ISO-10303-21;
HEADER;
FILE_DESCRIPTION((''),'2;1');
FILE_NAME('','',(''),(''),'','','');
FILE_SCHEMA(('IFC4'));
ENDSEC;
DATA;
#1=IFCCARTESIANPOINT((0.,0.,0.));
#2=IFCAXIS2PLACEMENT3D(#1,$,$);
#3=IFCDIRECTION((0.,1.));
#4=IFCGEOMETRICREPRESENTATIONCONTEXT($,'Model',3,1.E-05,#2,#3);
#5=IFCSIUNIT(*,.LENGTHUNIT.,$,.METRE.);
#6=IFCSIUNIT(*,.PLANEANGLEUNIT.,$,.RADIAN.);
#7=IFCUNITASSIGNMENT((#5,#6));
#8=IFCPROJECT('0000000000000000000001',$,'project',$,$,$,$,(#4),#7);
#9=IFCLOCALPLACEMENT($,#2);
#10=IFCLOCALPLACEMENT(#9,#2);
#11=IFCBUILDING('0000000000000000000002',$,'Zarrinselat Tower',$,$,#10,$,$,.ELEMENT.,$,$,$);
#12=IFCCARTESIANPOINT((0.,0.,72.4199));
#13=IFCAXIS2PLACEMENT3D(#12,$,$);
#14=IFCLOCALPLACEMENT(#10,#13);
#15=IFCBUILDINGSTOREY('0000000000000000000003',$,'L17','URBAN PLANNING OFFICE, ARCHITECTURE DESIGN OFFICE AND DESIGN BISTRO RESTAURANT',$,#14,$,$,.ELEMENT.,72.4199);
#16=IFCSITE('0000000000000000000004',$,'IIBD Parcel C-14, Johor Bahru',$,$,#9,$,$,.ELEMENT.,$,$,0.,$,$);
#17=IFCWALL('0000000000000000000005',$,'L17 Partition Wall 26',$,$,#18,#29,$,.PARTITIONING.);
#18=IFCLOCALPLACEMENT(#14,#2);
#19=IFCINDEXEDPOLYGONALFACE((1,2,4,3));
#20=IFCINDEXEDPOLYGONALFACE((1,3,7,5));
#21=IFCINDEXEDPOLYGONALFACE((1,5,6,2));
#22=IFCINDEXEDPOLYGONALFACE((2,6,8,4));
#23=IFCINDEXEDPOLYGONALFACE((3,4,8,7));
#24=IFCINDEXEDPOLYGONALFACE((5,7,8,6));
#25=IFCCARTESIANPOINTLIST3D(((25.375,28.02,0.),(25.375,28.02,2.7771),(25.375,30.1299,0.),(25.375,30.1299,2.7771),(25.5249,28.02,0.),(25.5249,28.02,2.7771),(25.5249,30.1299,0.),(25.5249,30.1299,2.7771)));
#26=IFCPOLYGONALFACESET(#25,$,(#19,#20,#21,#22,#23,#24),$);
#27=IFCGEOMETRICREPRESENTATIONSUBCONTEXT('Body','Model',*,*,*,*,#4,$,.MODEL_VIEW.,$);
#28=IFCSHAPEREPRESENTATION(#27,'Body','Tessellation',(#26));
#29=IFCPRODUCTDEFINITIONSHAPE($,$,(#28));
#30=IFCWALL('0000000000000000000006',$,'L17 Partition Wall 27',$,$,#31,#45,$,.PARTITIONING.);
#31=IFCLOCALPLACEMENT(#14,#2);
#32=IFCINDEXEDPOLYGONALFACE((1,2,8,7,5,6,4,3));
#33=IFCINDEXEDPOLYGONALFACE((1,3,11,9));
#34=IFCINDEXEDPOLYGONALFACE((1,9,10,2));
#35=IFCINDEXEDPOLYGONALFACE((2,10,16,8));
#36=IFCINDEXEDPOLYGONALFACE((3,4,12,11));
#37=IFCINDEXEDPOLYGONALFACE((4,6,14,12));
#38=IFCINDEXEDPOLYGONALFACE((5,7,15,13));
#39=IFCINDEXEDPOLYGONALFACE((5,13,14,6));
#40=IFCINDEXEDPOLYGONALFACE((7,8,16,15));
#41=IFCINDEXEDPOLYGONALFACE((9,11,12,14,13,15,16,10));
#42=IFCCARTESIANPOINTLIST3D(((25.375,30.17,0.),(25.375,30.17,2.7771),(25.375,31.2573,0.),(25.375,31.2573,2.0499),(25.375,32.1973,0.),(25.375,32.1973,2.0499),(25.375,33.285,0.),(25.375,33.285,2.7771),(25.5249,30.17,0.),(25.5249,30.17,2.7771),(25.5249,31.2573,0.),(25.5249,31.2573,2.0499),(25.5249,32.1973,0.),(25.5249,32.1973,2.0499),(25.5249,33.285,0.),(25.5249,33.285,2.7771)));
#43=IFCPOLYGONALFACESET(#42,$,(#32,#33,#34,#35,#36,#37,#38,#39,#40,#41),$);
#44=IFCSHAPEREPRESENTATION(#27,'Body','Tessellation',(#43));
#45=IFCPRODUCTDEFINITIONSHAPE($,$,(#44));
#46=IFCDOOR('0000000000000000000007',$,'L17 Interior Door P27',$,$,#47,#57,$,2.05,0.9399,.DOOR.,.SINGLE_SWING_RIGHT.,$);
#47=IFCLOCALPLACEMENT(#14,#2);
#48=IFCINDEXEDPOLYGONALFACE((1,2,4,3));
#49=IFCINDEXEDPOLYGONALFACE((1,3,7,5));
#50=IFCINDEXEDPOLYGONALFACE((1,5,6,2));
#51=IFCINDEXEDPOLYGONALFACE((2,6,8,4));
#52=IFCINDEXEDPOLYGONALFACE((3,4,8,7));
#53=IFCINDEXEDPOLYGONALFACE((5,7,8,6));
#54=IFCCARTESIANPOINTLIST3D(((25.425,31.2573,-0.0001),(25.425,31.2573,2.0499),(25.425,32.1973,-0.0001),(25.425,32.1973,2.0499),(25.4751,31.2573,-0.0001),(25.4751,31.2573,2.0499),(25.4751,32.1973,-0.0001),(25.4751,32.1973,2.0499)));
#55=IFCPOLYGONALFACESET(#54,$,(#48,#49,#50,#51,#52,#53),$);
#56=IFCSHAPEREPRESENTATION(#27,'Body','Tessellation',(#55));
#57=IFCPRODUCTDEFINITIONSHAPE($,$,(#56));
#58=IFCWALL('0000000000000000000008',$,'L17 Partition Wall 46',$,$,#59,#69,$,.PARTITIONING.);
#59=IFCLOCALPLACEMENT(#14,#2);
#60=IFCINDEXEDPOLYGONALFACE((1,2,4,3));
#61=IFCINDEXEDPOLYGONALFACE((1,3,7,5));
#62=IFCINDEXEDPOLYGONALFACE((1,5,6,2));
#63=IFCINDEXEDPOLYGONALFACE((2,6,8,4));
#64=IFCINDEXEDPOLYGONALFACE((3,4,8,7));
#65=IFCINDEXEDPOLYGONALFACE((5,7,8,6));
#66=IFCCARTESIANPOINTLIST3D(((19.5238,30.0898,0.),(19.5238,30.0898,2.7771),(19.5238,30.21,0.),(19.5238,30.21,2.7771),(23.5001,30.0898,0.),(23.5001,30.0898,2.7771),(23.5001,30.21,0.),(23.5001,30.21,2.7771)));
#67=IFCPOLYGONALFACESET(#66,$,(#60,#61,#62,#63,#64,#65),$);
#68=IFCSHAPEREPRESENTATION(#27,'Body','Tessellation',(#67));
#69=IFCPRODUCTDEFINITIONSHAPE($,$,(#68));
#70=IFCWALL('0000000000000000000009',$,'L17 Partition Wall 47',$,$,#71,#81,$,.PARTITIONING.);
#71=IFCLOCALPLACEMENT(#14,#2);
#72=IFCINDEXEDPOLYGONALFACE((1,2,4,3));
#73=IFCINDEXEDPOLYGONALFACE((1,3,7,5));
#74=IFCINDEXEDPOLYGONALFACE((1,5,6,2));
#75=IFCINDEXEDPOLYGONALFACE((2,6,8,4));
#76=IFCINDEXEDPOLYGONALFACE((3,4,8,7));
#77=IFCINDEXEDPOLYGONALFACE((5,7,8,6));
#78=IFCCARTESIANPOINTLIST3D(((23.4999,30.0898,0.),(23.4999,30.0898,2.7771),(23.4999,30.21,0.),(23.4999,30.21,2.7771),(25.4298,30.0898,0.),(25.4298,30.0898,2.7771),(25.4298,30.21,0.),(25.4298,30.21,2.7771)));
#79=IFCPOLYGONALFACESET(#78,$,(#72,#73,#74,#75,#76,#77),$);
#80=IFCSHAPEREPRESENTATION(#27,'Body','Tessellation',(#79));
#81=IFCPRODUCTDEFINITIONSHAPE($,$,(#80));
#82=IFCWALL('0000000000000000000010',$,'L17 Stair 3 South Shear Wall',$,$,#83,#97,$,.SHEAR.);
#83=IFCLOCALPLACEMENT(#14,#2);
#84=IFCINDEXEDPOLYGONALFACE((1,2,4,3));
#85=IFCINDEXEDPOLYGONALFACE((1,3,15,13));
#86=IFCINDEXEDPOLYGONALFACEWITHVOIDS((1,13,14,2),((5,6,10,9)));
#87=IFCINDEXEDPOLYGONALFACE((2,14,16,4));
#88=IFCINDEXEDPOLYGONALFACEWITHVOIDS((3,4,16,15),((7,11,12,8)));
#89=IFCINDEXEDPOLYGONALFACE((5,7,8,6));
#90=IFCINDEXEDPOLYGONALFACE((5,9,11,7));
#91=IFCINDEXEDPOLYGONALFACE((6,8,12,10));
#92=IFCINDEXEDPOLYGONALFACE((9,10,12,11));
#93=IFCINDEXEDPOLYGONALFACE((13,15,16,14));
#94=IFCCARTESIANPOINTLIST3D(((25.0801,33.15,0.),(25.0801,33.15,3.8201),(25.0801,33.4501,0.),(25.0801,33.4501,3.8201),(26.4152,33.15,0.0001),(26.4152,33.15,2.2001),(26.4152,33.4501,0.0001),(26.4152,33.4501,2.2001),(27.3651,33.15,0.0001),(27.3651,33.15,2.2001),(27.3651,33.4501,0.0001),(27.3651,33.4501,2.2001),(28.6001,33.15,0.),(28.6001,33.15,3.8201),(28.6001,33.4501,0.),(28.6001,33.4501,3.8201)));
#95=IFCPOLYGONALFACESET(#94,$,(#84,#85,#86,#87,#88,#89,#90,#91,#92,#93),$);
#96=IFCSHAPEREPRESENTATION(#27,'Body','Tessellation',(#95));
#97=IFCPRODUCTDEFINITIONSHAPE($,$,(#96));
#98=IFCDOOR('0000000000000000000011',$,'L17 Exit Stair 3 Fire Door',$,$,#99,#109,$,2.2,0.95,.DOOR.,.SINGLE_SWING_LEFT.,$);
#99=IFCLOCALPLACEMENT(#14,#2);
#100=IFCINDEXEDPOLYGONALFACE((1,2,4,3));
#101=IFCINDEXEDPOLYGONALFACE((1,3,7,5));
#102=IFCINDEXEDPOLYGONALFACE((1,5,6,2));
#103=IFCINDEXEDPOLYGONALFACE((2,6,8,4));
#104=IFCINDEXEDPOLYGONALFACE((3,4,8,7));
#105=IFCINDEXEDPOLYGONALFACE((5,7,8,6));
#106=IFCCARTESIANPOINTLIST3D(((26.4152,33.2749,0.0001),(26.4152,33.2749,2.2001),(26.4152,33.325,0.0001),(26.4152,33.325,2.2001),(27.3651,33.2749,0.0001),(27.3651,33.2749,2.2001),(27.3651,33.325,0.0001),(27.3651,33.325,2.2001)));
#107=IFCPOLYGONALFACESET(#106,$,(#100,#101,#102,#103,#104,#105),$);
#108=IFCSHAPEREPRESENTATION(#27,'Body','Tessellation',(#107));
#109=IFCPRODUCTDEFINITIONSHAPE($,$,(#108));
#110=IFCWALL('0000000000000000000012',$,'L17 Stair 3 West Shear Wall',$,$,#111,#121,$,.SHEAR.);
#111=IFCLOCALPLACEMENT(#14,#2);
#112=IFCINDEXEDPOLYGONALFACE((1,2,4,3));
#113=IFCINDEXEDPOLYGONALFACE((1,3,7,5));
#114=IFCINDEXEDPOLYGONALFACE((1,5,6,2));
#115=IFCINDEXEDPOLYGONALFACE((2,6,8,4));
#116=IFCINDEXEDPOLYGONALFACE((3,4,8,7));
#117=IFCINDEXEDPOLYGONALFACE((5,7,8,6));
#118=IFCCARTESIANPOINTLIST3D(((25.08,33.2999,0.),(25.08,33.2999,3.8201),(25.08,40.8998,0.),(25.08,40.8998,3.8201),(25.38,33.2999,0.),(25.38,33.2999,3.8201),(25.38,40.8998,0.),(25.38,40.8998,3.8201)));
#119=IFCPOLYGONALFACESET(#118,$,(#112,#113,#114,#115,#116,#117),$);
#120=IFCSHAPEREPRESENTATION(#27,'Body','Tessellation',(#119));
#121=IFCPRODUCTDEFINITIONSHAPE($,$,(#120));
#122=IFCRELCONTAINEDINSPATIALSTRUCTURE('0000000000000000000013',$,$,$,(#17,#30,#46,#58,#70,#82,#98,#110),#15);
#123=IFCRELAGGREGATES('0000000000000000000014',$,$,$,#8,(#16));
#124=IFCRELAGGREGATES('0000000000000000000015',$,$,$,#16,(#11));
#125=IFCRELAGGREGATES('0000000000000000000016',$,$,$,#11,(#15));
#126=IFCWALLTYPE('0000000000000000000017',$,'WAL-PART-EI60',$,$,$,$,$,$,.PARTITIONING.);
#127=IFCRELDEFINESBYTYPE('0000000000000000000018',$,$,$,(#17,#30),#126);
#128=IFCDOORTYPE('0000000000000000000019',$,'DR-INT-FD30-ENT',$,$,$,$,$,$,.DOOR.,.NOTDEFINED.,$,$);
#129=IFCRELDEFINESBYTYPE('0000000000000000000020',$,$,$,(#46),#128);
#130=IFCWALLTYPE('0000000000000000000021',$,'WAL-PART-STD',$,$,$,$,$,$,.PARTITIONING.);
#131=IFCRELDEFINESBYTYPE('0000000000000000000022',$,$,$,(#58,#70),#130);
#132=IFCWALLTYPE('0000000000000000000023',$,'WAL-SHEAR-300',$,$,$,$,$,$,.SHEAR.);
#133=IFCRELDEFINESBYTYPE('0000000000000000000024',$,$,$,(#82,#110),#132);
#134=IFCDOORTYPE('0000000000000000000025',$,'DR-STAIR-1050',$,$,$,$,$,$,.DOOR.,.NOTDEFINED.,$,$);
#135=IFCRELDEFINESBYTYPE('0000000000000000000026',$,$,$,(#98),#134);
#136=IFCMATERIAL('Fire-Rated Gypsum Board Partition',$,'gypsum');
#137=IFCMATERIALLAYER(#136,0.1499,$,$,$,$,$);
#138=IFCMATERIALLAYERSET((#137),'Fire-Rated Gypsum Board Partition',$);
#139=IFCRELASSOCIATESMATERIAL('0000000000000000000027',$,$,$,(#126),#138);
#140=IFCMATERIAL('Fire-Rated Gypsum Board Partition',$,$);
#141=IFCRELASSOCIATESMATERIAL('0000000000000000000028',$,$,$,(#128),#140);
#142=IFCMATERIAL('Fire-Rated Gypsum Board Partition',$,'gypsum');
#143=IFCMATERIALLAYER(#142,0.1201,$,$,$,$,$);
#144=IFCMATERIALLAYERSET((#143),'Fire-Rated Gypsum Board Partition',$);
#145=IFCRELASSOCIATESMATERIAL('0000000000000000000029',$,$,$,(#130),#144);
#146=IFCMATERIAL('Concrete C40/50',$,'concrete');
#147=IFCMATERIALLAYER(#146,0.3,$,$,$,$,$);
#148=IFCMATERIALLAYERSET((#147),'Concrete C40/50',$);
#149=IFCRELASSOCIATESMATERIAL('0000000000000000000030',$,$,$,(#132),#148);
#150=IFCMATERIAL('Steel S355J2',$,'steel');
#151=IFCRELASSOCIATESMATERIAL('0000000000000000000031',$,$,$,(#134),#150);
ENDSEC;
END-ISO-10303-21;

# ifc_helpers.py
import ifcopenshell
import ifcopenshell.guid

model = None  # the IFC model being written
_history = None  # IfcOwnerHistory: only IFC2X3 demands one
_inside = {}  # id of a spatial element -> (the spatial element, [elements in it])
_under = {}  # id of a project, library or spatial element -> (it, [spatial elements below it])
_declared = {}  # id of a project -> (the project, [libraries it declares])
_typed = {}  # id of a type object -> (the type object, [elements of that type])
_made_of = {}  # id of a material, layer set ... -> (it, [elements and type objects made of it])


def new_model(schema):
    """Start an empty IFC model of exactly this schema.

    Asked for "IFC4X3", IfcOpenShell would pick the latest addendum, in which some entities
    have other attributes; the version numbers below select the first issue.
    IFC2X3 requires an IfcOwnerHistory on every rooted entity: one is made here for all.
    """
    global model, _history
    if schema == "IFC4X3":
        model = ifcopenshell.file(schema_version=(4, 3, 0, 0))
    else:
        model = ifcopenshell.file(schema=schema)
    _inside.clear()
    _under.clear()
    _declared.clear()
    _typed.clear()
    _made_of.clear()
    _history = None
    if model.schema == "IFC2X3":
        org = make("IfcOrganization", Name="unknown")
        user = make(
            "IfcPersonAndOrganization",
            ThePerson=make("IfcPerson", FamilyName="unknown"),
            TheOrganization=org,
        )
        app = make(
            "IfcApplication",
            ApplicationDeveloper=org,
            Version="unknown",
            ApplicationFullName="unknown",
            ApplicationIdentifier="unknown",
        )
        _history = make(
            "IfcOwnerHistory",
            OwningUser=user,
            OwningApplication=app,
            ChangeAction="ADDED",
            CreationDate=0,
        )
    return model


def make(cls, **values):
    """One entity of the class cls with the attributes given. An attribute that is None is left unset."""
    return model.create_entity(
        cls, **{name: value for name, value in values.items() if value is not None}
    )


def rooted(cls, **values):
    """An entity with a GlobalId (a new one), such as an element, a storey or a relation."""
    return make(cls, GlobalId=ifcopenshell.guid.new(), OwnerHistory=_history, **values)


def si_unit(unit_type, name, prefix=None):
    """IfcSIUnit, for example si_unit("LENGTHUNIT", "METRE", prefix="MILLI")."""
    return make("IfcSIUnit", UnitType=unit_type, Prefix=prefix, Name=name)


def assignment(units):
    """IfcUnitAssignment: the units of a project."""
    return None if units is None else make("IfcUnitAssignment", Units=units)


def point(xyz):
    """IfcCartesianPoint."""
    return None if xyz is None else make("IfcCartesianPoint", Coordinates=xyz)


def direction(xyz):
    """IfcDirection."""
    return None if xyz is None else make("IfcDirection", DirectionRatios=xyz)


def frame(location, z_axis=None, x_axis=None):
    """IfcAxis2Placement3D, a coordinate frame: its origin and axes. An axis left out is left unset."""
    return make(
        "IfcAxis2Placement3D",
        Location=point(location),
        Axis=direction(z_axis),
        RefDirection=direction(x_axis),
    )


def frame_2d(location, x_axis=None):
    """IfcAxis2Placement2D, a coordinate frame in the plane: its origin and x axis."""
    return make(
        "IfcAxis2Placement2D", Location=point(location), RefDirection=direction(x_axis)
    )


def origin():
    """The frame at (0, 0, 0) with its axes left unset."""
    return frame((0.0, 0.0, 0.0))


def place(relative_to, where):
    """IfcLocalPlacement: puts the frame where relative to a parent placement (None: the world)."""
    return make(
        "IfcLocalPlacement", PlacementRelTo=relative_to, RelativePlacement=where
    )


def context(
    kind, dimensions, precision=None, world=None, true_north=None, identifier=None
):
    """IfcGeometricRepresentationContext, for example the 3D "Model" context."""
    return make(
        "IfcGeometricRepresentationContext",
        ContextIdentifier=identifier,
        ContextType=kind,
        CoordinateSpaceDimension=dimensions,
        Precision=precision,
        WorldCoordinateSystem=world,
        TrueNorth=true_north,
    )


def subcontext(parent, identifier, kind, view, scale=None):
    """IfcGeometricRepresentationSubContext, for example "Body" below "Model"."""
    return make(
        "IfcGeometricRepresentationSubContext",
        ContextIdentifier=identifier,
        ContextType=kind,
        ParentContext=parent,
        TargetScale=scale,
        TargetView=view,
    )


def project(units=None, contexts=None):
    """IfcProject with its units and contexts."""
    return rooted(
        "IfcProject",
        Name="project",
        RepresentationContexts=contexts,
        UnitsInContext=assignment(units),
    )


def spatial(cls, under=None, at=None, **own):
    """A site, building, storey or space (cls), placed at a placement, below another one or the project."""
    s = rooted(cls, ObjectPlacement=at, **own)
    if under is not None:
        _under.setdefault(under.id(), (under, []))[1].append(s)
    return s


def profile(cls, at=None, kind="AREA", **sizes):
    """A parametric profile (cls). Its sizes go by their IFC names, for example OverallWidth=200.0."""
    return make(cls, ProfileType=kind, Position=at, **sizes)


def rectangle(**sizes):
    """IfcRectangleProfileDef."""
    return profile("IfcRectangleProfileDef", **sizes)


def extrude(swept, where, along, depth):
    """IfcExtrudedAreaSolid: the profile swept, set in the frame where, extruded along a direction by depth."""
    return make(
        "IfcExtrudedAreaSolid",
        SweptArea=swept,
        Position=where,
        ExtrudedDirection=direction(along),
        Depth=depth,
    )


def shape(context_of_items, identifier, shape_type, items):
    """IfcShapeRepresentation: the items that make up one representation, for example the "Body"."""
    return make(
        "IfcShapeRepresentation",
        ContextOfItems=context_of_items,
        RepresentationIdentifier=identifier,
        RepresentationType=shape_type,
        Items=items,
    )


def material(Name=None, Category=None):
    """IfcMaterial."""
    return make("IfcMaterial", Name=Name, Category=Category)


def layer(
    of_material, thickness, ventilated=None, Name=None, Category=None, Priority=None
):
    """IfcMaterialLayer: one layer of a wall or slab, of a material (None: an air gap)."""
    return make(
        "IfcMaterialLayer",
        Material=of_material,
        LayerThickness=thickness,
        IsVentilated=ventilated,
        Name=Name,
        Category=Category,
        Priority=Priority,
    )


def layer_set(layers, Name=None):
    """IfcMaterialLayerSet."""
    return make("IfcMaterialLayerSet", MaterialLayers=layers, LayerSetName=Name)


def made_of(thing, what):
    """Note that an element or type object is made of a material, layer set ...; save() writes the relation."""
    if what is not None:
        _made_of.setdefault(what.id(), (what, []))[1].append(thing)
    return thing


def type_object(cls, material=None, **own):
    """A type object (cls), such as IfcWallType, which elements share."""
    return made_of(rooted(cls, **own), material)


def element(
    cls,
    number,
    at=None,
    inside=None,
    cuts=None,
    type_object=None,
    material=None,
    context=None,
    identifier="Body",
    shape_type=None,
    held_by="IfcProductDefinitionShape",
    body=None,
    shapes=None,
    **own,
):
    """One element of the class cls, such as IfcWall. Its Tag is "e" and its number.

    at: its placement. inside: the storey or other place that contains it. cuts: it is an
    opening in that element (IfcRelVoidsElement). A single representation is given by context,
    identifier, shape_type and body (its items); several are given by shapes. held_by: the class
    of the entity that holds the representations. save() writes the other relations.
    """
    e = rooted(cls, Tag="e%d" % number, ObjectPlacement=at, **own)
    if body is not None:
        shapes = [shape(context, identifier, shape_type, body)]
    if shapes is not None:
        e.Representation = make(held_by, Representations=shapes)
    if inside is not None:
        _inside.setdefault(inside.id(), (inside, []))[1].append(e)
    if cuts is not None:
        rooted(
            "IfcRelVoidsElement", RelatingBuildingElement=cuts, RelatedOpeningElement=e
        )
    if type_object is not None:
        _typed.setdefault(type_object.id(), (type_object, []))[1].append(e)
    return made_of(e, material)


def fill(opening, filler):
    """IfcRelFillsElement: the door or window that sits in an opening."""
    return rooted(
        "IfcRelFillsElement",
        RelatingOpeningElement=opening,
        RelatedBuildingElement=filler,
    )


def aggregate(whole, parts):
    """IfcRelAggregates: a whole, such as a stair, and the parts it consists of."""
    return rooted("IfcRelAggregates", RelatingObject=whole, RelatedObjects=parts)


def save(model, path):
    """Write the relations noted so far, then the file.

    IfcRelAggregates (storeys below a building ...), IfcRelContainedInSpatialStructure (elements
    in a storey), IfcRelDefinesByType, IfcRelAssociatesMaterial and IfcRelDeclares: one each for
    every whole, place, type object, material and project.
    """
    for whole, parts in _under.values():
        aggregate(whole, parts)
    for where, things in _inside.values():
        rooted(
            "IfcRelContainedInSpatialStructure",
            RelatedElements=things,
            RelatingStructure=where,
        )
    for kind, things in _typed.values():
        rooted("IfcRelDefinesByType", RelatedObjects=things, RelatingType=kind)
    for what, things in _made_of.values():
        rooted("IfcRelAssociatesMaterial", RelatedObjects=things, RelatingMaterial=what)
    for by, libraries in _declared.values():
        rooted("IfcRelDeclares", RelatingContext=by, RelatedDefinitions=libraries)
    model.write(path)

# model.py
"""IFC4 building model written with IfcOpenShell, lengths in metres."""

from ifc_helpers import new_model, si_unit, direction, frame, frame_2d, origin, place, context, subcontext, project, spatial, rectangle, extrude, material, layer, layer_set, type_object, element, fill, save


model = new_model("IFC4")

# Units and contexts
model_context = context("Model", 3, precision=1e-05, world=origin(), true_north=direction((0.0, 1.0)))
body_context = subcontext(model_context, "Body", "Model", "MODEL_VIEW")
ifc_project = project(units=[si_unit("LENGTHUNIT", "METRE"), si_unit("PLANEANGLEUNIT", "RADIAN")], contexts=[model_context])

# Site, building, storey
site_placement = place(None, origin())
site = spatial("IfcSite", under=ifc_project, at=site_placement, Name="IIBD Parcel C-14, Johor Bahru", CompositionType="ELEMENT", RefElevation=0.0)
building_placement = place(site_placement, origin())
building = spatial("IfcBuilding", under=site, at=building_placement, Name="Zarrinselat Tower", CompositionType="ELEMENT")
storey_placement = place(building_placement, frame((0.0, 0.0, 72.4199)))
storey = spatial("IfcBuildingStorey", under=building, at=storey_placement, Name="L17", Description="URBAN PLANNING OFFICE, ARCHITECTURE DESIGN OFFICE AND DESIGN BISTRO RESTAURANT", CompositionType="ELEMENT", Elevation=72.4199)

# Shared definitions
ifc_material_1 = material(Name="Fire-Rated Gypsum Board Partition", Category="gypsum")
ifc_layer_1 = layer(ifc_material_1, 0.1499)
ifc_layer_set_1 = layer_set([ifc_layer_1], Name="Fire-Rated Gypsum Board Partition")
wall_type_1 = type_object("IfcWallType", Name="WAL-PART-EI60", PredefinedType="PARTITIONING", material=ifc_layer_set_1)
ifc_material_2 = material(Name="Fire-Rated Gypsum Board Partition")
door_type_1 = type_object("IfcDoorType", Name="DR-INT-FD30-ENT", OperationType="NOTDEFINED", PredefinedType="DOOR", material=ifc_material_2)

# Wall
wall_1_placement = place(storey_placement, frame((25.45, 28.02, 0.0), z_axis=(0.0, 0.0, 1.0), x_axis=(0.0, 1.0, 0.0)))
element("IfcWall", 1, at=wall_1_placement, inside=storey, type_object=wall_type_1, Name="L17 Partition Wall 26", PredefinedType="PARTITIONING", context=body_context, shape_type="SweptSolid", body=[
    extrude(rectangle(XDim=2.1099, YDim=0.1499, at=frame_2d((1.0549, 0.0))), origin(), (0.0, 0.0, 1.0), 2.7771),
])

# Wall, opening, door
wall_2_placement = place(storey_placement, frame((25.45, 30.1699, 0.0), z_axis=(0.0, 0.0, 1.0), x_axis=(0.0, 1.0, 0.0)))
wall_2 = element("IfcWall", 2, at=wall_2_placement, inside=storey, type_object=wall_type_1, Name="L17 Partition Wall 27", PredefinedType="PARTITIONING", context=body_context, shape_type="SweptSolid", body=[
    extrude(rectangle(XDim=3.115, YDim=0.1499, at=frame_2d((1.5576, 0.0))), origin(), (0.0, 0.0, 1.0), 2.7771),
])
opening_1_placement = place(wall_2_placement, frame((1.0874, 0.0, 0.0)))
opening_1 = element("IfcOpeningElement", 3, at=opening_1_placement, cuts=wall_2, PredefinedType="OPENING", context=body_context, shape_type="SweptSolid", body=[
    extrude(rectangle(XDim=0.9399, YDim=2.05, at=frame_2d((0.47, 1.0249))), frame((0.0, 0.085, 0.0), z_axis=(0.0, -1.0, 0.0), x_axis=(1.0, 0.0, 0.0)), (0.0, 0.0, 1.0), 0.1699),
])
door_1_placement = place(opening_1_placement, origin())
door_1 = element("IfcDoor", 4, at=door_1_placement, inside=storey, type_object=door_type_1, Name="L17 Interior Door P27", OperationType="SINGLE_SWING_RIGHT", OverallHeight=2.05, OverallWidth=0.9399, PredefinedType="DOOR", context=body_context, shape_type="SweptSolid", body=[
    extrude(rectangle(XDim=0.9399, YDim=2.05, at=frame_2d((0.47, 1.0249))), frame((0.0, 0.0249, 0.0), z_axis=(0.0, -1.0, 0.0), x_axis=(1.0, 0.0, 0.0)), (0.0, 0.0, 1.0), 0.05),
])
fill(opening_1, door_1)

# Walls
ifc_material_3 = material(Name="Fire-Rated Gypsum Board Partition", Category="gypsum")
ifc_layer_2 = layer(ifc_material_3, 0.1201)
ifc_layer_set_2 = layer_set([ifc_layer_2], Name="Fire-Rated Gypsum Board Partition")
wall_type_2 = type_object("IfcWallType", Name="WAL-PART-STD", PredefinedType="PARTITIONING", material=ifc_layer_set_2)
wall_3_placement = place(storey_placement, frame((19.5237, 30.1499, 0.0), z_axis=(0.0, 0.0, 1.0), x_axis=(1.0, 0.0, 0.0)))
element("IfcWall", 5, at=wall_3_placement, inside=storey, type_object=wall_type_2, Name="L17 Partition Wall 46", PredefinedType="PARTITIONING", context=body_context, shape_type="SweptSolid", body=[
    extrude(rectangle(XDim=3.9763, YDim=0.1201, at=frame_2d((1.9883, 0.0))), origin(), (0.0, 0.0, 1.0), 2.7771),
])
wall_4_placement = place(storey_placement, frame((23.5, 30.1499, 0.0), z_axis=(0.0, 0.0, 1.0), x_axis=(1.0, 0.0, 0.0)))
element("IfcWall", 6, at=wall_4_placement, inside=storey, type_object=wall_type_2, Name="L17 Partition Wall 47", PredefinedType="PARTITIONING", context=body_context, shape_type="SweptSolid", body=[
    extrude(rectangle(XDim=1.9299, YDim=0.1201, at=frame_2d((0.9648, 0.0))), origin(), (0.0, 0.0, 1.0), 2.7771),
])

# Wall, opening, door
ifc_material_4 = material(Name="Concrete C40/50", Category="concrete")
ifc_layer_3 = layer(ifc_material_4, 0.3)
ifc_layer_set_3 = layer_set([ifc_layer_3], Name="Concrete C40/50")
wall_type_3 = type_object("IfcWallType", Name="WAL-SHEAR-300", PredefinedType="SHEAR", material=ifc_layer_set_3)
wall_5_placement = place(storey_placement, frame((25.0801, 33.3, 0.0), z_axis=(0.0, 0.0, 1.0), x_axis=(1.0, 0.0, 0.0)))
wall_5 = element("IfcWall", 7, at=wall_5_placement, inside=storey, type_object=wall_type_3, Name="L17 Stair 3 South Shear Wall", PredefinedType="SHEAR", context=body_context, shape_type="SweptSolid", body=[
    extrude(rectangle(XDim=3.52, YDim=0.3, at=frame_2d((1.76, 0.0))), origin(), (0.0, 0.0, 1.0), 3.8201),
])
opening_2_placement = place(wall_5_placement, frame((1.335, 0.0, 0.0)))
opening_2 = element("IfcOpeningElement", 8, at=opening_2_placement, cuts=wall_5, PredefinedType="OPENING", context=body_context, shape_type="SweptSolid", body=[
    extrude(rectangle(XDim=0.95, YDim=2.2, at=frame_2d((0.4751, 1.1001))), frame((0.0, 0.1599, 0.0), z_axis=(0.0, -1.0, 0.0), x_axis=(1.0, 0.0, 0.0)), (0.0, 0.0, 1.0), 0.3201),
])
ifc_material_5 = material(Name="Steel S355J2", Category="steel")
door_type_2 = type_object("IfcDoorType", Name="DR-STAIR-1050", OperationType="NOTDEFINED", PredefinedType="DOOR", material=ifc_material_5)
door_2_placement = place(opening_2_placement, origin())
door_2 = element("IfcDoor", 9, at=door_2_placement, inside=storey, type_object=door_type_2, Name="L17 Exit Stair 3 Fire Door", OperationType="SINGLE_SWING_LEFT", OverallHeight=2.2, OverallWidth=0.95, PredefinedType="DOOR", context=body_context, shape_type="SweptSolid", body=[
    extrude(rectangle(XDim=0.95, YDim=2.2, at=frame_2d((0.4751, 1.1001))), frame((0.0, 0.0249, 0.0), z_axis=(0.0, -1.0, 0.0), x_axis=(1.0, 0.0, 0.0)), (0.0, 0.0, 1.0), 0.05),
])
fill(opening_2, door_2)

# Wall
wall_6_placement = place(storey_placement, frame((25.23, 33.3, 0.0), z_axis=(0.0, 0.0, 1.0), x_axis=(0.0, 1.0, 0.0)))
element("IfcWall", 10, at=wall_6_placement, inside=storey, type_object=wall_type_3, Name="L17 Stair 3 West Shear Wall", PredefinedType="SHEAR", context=body_context, shape_type="SweptSolid", body=[
    extrude(rectangle(XDim=7.5999, YDim=0.3, at=frame_2d((3.7998, 0.0))), origin(), (0.0, 0.0, 1.0), 3.8201),
])

save(model, "model.ifc")
